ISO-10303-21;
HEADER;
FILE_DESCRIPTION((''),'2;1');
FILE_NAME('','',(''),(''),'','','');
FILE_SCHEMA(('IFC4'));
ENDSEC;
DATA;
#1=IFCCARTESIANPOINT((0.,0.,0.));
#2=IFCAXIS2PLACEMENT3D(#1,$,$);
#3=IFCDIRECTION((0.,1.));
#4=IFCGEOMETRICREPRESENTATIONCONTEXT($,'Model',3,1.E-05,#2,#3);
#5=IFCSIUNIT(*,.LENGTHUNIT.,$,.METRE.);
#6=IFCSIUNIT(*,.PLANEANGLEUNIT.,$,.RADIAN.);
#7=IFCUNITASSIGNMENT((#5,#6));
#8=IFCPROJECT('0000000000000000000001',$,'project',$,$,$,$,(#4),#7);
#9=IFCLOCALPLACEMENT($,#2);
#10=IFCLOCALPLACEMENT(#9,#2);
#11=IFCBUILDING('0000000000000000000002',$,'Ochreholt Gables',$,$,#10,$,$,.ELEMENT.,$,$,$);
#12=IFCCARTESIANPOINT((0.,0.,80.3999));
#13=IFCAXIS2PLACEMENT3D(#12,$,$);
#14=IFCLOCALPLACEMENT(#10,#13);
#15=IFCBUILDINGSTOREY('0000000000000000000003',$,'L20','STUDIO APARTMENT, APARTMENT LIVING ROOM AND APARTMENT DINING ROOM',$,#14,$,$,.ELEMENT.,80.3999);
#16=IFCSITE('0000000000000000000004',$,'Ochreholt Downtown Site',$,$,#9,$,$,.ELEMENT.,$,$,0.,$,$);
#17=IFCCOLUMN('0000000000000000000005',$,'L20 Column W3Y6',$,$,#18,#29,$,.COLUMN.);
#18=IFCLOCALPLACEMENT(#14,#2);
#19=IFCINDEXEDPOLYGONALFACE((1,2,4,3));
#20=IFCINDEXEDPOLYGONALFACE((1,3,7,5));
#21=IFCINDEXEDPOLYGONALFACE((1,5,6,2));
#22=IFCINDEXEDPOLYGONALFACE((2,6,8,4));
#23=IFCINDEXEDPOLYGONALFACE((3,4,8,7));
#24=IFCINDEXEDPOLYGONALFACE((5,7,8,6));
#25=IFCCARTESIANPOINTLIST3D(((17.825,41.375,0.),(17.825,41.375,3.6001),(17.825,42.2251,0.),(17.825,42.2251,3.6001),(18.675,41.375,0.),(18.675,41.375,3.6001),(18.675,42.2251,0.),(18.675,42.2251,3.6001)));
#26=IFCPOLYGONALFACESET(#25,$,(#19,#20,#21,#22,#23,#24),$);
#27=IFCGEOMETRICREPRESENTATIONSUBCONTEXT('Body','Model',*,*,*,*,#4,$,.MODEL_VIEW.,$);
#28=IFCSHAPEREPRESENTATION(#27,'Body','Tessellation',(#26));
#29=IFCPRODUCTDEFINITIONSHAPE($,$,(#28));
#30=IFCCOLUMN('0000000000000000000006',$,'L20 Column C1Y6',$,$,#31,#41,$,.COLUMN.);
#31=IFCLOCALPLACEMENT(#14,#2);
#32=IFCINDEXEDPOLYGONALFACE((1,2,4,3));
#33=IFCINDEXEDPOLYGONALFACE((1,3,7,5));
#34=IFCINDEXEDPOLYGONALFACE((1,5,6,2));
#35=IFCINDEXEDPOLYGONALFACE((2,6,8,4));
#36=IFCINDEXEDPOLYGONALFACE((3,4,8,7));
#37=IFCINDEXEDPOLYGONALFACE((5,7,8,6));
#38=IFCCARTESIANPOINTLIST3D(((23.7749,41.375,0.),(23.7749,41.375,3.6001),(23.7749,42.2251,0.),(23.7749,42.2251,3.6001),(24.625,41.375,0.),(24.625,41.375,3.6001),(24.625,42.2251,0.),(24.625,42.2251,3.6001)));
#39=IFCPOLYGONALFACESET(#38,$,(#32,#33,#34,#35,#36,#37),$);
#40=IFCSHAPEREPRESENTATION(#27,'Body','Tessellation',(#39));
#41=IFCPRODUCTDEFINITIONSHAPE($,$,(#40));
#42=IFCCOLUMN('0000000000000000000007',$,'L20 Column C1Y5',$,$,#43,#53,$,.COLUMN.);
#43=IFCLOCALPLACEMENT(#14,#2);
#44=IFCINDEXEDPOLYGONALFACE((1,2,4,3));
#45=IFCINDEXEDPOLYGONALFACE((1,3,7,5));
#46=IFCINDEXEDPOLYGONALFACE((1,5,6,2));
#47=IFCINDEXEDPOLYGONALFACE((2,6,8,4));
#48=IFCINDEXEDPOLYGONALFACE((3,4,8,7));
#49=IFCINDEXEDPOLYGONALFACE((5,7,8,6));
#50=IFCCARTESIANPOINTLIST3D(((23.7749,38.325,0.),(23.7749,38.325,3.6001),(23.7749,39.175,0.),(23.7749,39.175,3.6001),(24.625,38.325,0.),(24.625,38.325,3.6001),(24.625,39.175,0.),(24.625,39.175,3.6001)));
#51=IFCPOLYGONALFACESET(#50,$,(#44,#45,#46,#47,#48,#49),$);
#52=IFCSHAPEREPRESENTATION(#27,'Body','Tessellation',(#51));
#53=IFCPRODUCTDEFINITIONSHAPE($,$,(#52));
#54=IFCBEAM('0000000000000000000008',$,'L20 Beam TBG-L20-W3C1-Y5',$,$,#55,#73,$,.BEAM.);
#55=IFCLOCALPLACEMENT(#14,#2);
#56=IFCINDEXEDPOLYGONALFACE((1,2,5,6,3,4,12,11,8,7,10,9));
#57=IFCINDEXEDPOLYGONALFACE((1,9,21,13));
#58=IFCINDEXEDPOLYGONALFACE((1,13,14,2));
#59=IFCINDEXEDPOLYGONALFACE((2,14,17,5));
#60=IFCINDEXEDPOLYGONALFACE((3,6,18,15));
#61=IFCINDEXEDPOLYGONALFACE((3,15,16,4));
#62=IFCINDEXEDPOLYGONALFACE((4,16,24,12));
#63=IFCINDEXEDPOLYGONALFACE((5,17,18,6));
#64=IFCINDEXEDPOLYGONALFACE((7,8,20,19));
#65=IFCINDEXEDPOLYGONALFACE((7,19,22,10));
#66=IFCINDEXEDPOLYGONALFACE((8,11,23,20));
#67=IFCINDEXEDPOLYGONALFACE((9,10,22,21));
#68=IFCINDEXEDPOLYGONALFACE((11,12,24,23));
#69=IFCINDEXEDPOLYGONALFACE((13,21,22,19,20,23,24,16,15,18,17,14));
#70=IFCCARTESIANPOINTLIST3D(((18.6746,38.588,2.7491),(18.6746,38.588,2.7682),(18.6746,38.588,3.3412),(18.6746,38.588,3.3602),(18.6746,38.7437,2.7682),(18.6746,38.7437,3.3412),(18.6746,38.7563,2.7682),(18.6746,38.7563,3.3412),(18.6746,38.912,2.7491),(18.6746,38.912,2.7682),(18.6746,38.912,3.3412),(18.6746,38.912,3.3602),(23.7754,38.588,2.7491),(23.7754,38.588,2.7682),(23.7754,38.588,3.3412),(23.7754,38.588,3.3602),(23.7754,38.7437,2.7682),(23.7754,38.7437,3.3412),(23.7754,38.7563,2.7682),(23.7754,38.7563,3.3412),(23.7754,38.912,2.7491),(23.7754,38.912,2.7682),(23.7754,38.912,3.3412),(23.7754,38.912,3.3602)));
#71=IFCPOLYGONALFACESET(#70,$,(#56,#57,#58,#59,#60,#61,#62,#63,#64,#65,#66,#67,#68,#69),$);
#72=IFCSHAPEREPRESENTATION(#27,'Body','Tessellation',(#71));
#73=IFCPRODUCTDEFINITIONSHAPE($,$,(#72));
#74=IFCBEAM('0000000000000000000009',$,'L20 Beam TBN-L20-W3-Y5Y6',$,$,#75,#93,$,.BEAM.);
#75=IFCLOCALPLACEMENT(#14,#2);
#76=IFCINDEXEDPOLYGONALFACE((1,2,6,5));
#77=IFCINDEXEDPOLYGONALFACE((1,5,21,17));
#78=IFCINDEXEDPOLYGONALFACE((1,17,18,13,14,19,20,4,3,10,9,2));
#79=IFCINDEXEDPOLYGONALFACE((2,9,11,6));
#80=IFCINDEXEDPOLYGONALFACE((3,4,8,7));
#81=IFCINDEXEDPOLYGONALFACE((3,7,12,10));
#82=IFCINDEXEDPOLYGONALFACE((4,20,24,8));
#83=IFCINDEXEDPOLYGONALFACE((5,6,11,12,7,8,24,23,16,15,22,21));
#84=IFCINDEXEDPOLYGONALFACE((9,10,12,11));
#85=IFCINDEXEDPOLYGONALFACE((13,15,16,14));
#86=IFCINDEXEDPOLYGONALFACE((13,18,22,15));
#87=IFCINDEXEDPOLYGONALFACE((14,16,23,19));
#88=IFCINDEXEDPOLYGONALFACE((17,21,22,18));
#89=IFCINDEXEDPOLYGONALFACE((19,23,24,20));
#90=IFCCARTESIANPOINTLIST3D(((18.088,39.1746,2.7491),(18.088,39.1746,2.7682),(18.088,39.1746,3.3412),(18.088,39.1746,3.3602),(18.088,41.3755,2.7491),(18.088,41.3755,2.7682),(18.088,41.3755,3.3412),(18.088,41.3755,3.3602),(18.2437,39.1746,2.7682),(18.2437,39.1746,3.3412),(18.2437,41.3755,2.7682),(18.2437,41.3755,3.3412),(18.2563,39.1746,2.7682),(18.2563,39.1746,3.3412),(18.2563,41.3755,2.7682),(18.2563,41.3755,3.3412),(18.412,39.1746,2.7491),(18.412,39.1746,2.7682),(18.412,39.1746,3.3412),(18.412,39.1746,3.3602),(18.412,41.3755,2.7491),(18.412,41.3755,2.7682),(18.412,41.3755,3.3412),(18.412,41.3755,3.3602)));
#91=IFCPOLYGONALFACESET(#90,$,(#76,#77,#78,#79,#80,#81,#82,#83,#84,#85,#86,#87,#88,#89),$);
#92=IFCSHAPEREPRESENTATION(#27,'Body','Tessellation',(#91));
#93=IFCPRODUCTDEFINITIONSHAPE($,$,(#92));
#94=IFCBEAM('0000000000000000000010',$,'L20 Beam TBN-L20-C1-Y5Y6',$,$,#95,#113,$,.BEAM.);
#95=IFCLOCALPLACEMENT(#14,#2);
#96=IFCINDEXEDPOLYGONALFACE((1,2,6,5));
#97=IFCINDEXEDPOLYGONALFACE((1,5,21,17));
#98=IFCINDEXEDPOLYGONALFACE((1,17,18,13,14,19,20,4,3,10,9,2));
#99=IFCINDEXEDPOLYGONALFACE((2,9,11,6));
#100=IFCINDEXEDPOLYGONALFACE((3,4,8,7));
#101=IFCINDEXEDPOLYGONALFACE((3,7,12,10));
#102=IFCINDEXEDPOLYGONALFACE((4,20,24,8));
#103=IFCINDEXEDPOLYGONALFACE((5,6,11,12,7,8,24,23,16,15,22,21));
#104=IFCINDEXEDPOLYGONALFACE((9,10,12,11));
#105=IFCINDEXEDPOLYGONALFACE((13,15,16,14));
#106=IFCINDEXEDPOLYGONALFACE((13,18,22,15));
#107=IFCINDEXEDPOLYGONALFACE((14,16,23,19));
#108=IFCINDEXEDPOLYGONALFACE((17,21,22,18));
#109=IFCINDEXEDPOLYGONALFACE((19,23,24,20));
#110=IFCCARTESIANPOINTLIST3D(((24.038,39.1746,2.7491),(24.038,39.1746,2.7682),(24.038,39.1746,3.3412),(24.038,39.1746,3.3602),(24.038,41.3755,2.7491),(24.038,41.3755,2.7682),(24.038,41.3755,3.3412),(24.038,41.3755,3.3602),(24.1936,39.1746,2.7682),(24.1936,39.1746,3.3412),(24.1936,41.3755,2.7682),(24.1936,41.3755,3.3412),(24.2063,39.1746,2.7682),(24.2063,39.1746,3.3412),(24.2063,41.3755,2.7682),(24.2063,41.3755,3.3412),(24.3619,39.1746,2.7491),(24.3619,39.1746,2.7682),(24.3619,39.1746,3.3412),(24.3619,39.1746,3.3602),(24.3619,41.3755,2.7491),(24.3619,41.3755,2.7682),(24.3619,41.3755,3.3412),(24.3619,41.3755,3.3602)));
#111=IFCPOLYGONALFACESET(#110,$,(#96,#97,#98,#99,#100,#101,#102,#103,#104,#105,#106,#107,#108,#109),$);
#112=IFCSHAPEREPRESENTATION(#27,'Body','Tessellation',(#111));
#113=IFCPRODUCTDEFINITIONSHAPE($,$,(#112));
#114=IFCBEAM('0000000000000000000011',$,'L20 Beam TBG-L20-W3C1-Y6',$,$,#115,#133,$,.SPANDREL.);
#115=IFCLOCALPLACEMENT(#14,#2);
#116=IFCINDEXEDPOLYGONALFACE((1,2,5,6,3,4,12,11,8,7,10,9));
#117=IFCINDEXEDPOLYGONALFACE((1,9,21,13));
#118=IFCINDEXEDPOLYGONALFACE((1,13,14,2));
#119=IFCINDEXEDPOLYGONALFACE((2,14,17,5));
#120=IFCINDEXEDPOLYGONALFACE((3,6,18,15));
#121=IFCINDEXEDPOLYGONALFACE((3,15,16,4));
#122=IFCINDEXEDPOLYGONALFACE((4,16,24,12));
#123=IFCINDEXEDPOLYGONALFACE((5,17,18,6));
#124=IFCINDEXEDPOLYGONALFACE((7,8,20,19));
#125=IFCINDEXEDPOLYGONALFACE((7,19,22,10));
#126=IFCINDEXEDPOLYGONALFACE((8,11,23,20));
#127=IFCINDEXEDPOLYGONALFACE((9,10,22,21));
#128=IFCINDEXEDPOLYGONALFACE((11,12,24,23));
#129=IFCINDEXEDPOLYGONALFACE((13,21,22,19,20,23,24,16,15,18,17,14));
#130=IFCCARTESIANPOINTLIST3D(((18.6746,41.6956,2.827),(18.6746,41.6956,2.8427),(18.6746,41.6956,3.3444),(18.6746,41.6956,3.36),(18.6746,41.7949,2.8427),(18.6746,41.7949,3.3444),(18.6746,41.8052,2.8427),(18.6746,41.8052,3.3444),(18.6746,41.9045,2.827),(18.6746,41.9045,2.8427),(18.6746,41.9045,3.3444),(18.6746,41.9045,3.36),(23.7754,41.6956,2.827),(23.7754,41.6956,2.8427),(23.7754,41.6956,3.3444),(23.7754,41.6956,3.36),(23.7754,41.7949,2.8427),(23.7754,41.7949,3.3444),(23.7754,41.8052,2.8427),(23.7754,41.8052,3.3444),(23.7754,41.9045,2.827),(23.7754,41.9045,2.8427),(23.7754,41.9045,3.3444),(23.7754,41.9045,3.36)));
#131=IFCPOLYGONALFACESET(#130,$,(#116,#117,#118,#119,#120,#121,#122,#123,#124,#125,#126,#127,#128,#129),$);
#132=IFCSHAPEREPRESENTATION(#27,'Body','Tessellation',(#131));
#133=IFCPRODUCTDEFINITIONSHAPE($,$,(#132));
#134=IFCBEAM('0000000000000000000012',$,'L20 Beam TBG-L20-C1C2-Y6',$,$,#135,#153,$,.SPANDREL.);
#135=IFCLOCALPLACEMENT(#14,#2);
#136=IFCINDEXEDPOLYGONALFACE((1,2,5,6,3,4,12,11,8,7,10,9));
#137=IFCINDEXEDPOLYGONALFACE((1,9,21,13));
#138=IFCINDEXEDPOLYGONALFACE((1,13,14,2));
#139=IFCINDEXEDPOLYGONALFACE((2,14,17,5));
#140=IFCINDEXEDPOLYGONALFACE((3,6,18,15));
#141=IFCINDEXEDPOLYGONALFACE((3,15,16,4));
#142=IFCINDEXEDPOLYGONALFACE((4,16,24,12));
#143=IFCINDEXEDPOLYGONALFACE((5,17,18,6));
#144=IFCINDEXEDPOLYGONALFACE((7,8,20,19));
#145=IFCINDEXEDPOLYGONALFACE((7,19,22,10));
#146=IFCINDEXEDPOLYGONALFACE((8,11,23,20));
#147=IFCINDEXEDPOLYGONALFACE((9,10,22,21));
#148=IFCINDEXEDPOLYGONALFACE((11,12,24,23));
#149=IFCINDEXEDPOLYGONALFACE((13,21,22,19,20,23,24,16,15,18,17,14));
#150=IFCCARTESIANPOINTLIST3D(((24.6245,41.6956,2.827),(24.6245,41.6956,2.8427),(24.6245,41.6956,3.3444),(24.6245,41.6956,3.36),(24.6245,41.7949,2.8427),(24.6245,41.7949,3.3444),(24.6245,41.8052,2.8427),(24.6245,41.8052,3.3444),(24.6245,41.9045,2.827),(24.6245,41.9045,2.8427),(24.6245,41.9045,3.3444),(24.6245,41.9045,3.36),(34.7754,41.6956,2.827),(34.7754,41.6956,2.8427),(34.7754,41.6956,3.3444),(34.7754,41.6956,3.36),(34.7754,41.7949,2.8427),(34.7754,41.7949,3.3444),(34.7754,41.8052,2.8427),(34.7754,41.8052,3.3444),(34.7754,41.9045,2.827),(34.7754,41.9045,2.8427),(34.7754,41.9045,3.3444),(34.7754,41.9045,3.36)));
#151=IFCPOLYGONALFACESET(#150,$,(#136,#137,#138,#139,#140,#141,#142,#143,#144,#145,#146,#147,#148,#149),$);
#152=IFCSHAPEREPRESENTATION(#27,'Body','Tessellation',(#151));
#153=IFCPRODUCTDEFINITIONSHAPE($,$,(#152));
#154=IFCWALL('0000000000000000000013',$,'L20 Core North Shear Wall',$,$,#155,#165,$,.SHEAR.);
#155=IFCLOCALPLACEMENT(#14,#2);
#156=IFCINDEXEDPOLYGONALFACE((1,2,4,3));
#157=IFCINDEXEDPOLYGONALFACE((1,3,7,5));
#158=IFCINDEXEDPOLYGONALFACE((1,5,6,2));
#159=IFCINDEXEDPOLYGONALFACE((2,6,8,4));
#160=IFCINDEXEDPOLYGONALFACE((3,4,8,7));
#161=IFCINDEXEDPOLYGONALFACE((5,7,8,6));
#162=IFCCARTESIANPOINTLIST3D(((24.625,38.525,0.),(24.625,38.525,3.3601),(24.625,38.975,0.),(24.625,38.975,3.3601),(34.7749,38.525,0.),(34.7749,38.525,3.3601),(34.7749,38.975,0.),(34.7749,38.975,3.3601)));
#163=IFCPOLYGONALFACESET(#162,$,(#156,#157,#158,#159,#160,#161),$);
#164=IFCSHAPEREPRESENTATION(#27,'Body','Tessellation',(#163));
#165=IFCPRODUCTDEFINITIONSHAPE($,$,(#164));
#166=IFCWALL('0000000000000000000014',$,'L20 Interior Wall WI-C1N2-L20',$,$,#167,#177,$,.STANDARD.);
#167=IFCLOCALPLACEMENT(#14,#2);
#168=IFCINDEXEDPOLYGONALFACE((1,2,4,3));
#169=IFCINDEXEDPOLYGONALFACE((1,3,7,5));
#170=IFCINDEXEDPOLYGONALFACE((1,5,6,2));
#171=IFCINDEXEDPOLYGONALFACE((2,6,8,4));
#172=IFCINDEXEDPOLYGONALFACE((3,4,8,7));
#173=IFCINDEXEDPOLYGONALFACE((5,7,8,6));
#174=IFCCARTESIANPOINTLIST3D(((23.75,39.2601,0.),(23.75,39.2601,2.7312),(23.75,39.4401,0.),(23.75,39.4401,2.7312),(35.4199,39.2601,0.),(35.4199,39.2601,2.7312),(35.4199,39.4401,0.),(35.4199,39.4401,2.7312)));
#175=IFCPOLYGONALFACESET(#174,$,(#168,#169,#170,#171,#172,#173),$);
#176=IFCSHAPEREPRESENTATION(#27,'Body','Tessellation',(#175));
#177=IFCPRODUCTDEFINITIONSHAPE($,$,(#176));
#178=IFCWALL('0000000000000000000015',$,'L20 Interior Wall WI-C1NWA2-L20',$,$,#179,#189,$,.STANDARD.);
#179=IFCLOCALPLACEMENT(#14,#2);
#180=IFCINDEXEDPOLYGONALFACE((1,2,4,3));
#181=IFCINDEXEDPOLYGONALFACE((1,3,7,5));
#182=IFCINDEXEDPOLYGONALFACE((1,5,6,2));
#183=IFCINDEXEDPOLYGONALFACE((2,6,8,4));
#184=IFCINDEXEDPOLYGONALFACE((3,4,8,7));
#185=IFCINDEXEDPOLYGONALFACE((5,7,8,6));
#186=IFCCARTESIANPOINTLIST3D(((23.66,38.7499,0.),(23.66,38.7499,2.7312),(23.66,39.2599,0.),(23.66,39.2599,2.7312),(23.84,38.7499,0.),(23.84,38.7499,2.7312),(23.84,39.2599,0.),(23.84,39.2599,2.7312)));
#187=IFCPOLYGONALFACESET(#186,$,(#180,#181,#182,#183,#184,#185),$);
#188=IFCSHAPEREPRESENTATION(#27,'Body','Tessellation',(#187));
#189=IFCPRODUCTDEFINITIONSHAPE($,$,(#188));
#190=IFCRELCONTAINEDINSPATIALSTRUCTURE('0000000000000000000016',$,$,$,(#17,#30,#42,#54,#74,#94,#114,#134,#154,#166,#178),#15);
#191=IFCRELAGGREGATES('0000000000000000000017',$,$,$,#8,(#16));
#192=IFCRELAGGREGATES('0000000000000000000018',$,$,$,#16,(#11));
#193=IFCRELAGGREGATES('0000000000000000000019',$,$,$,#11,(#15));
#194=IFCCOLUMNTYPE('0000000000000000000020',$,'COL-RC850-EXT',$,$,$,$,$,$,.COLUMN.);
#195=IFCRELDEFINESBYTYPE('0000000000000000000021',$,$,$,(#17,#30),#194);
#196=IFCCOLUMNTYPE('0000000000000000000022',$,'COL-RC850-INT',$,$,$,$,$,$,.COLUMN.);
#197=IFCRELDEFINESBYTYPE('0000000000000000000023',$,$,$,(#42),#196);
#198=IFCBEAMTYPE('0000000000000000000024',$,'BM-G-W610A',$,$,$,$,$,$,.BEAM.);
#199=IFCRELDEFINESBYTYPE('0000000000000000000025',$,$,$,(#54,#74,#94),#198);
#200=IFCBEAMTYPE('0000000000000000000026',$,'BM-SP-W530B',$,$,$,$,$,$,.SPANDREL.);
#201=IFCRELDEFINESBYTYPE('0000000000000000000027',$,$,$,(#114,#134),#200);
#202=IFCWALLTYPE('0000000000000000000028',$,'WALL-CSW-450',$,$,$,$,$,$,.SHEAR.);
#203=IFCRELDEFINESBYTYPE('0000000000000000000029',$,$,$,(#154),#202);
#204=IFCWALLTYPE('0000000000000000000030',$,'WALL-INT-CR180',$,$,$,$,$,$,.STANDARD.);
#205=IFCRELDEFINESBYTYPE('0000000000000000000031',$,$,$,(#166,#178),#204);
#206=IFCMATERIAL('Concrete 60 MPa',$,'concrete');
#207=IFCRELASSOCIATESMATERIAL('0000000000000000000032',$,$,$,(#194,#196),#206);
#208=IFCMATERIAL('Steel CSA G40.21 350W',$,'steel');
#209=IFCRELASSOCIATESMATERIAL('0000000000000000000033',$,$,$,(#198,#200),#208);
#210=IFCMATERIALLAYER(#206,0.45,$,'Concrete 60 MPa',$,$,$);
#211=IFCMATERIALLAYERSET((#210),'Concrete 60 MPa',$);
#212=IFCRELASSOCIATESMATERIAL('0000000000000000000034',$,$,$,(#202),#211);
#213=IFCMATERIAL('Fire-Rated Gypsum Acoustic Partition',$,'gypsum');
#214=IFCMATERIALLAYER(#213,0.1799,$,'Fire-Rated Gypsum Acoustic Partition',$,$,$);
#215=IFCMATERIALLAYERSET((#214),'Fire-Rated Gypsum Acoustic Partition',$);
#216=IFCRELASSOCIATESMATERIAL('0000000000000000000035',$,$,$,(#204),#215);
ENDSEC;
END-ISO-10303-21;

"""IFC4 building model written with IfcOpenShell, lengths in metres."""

from ifc_helpers import new_model, si_unit, direction, frame, frame_2d, origin, origin_2d, place, context, subcontext, project, spatial, rectangle, i_section, extrude, material, layer, layer_set, material_profile, profile_set, type_object, element, save


model = new_model("IFC4")

# Units and contexts
model_context = context("Model", 3, precision=1e-05, world=origin(), true_north=direction((0.0, 1.0)))
body_context = subcontext(model_context, "Body", "Model", "MODEL_VIEW")
ifc_project = project(units=[si_unit("LENGTHUNIT", "METRE"), si_unit("PLANEANGLEUNIT", "RADIAN")], contexts=[model_context])

# Site, building, storey
site_placement = place(None, origin())
site = spatial("IfcSite", under=ifc_project, at=site_placement, Name="Ochreholt Downtown Site", CompositionType="ELEMENT", RefElevation=0.0)
building_placement = place(site_placement, origin())
building = spatial("IfcBuilding", under=site, at=building_placement, Name="Ochreholt Gables", CompositionType="ELEMENT")
storey_placement = place(building_placement, frame((0.0, 0.0, 80.3999)))
storey = spatial("IfcBuildingStorey", under=building, at=storey_placement, Name="L20", Description="STUDIO APARTMENT, APARTMENT LIVING ROOM AND APARTMENT DINING ROOM", CompositionType="ELEMENT", Elevation=80.3999)

# Columns
ifc_material_1 = material(Name="Concrete 60 MPa", Category="concrete")
ifc_material_profile_1 = material_profile(ifc_material_1, rectangle(XDim=0.8501, YDim=0.8501, at=origin_2d()), Name="RC850X850")
ifc_profile_set_1 = profile_set([ifc_material_profile_1], Name="Concrete 60 MPa")
column_type_1 = type_object("IfcColumnType", Name="COL-RC850-EXT", PredefinedType="COLUMN", material=ifc_profile_set_1)
for number, where, z_axis, x_axis, name in (
    (1, (18.25, 41.8, 0.0), (0.0, 0.0, 1.0), (1.0, 0.0, 0.0), "L20 Column W3Y6"),
    (2, (24.2, 41.8, 0.0), (0.0, 0.0, 1.0), (1.0, 0.0, 0.0), "L20 Column C1Y6"),
):
    element("IfcColumn", number, at=place(storey_placement, frame(where, z_axis=z_axis, x_axis=x_axis)), inside=storey, type_object=column_type_1, Name=name, PredefinedType="COLUMN", context=body_context, shape_type="SweptSolid", body=[
        extrude(rectangle(XDim=0.8501, YDim=0.8501, at=origin_2d()), origin(), (0.0, 0.0, 1.0), 3.6001),
    ])
ifc_material_profile_2 = material_profile(ifc_material_1, rectangle(XDim=0.8501, YDim=0.8501, at=origin_2d()), Name="RC850X850")
ifc_profile_set_2 = profile_set([ifc_material_profile_2], Name="Concrete 60 MPa")
column_type_2 = type_object("IfcColumnType", Name="COL-RC850-INT", PredefinedType="COLUMN", material=ifc_profile_set_2)
column_placement = place(storey_placement, frame((24.2, 38.75, 0.0), z_axis=(0.0, 0.0, 1.0), x_axis=(1.0, 0.0, 0.0)))
element("IfcColumn", 3, at=column_placement, inside=storey, type_object=column_type_2, Name="L20 Column C1Y5", PredefinedType="COLUMN", context=body_context, shape_type="SweptSolid", body=[
    extrude(rectangle(XDim=0.8501, YDim=0.8501, at=origin_2d()), origin(), (0.0, 0.0, 1.0), 3.6001),
])

# Beams
ifc_material_2 = material(Name="Steel CSA G40.21 350W", Category="steel")
ifc_material_profile_3 = material_profile(ifc_material_2, i_section(OverallWidth=0.324, OverallDepth=0.6111, WebThickness=0.0127, FlangeThickness=0.019, at=origin_2d()), Name="W610X155")
ifc_profile_set_3 = profile_set([ifc_material_profile_3], Name="Steel CSA G40.21 350W")
beam_type_1 = type_object("IfcBeamType", Name="BM-G-W610A", PredefinedType="BEAM", material=ifc_profile_set_3)
beam_1_placement = place(storey_placement, frame((18.6746, 38.75, 3.0547), z_axis=(1.0, 0.0, 0.0), x_axis=(0.0, 1.0, 0.0)))
element("IfcBeam", 4, at=beam_1_placement, inside=storey, type_object=beam_type_1, Name="L20 Beam TBG-L20-W3C1-Y5", PredefinedType="BEAM", context=body_context, shape_type="SweptSolid", body=[
    extrude(i_section(OverallWidth=0.324, OverallDepth=0.6111, WebThickness=0.0127, FlangeThickness=0.019, at=origin_2d()), origin(), (0.0, 0.0, 1.0), 5.1008),
])
for number, where, z_axis, x_axis, name in (
    (5, (18.25, 39.1746, 3.0547), (0.0, 1.0, 0.0), (-1.0, 0.0, 0.0), "L20 Beam TBN-L20-W3-Y5Y6"),
    (6, (24.2, 39.1746, 3.0547), (0.0, 1.0, 0.0), (-1.0, 0.0, 0.0), "L20 Beam TBN-L20-C1-Y5Y6"),
):
    element("IfcBeam", number, at=place(storey_placement, frame(where, z_axis=z_axis, x_axis=x_axis)), inside=storey, type_object=beam_type_1, Name=name, PredefinedType="BEAM", context=body_context, shape_type="SweptSolid", body=[
        extrude(i_section(OverallWidth=0.324, OverallDepth=0.6111, WebThickness=0.0127, FlangeThickness=0.019, at=origin_2d()), origin(), (0.0, 0.0, 1.0), 2.2009),
    ])
ifc_material_profile_4 = material_profile(ifc_material_2, i_section(OverallWidth=0.209, OverallDepth=0.533, WebThickness=0.0103, FlangeThickness=0.0156, at=origin_2d()), Name="W530X92")
ifc_profile_set_4 = profile_set([ifc_material_profile_4], Name="Steel CSA G40.21 350W")
beam_type_2 = type_object("IfcBeamType", Name="BM-SP-W530B", PredefinedType="SPANDREL", material=ifc_profile_set_4)
beam_2_placement = place(storey_placement, frame((18.6746, 41.8, 3.0935), z_axis=(1.0, 0.0, 0.0), x_axis=(0.0, 1.0, 0.0)))
element("IfcBeam", 7, at=beam_2_placement, inside=storey, type_object=beam_type_2, Name="L20 Beam TBG-L20-W3C1-Y6", PredefinedType="SPANDREL", context=body_context, shape_type="SweptSolid", body=[
    extrude(i_section(OverallWidth=0.209, OverallDepth=0.533, WebThickness=0.0103, FlangeThickness=0.0156, at=origin_2d()), origin(), (0.0, 0.0, 1.0), 5.1008),
])
beam_3_placement = place(storey_placement, frame((24.6245, 41.8, 3.0935), z_axis=(1.0, 0.0, 0.0), x_axis=(0.0, 1.0, 0.0)))
element("IfcBeam", 8, at=beam_3_placement, inside=storey, type_object=beam_type_2, Name="L20 Beam TBG-L20-C1C2-Y6", PredefinedType="SPANDREL", context=body_context, shape_type="SweptSolid", body=[
    extrude(i_section(OverallWidth=0.209, OverallDepth=0.533, WebThickness=0.0103, FlangeThickness=0.0156, at=origin_2d()), origin(), (0.0, 0.0, 1.0), 10.1509),
])

# Wall
ifc_layer_1 = layer(ifc_material_1, 0.45, Name="Concrete 60 MPa")
ifc_layer_set_1 = layer_set([ifc_layer_1], Name="Concrete 60 MPa")
wall_type_1 = type_object("IfcWallType", Name="WALL-CSW-450", PredefinedType="SHEAR", material=ifc_layer_set_1)
wall_1_placement = place(storey_placement, frame((24.625, 38.75, 0.0), z_axis=(0.0, 0.0, 1.0), x_axis=(1.0, 0.0, 0.0)))
element("IfcWall", 9, at=wall_1_placement, inside=storey, type_object=wall_type_1, Name="L20 Core North Shear Wall", PredefinedType="SHEAR", context=body_context, shape_type="SweptSolid", body=[
    extrude(rectangle(XDim=10.1499, YDim=0.45, at=frame_2d((5.075, 0.0))), origin(), (0.0, 0.0, 1.0), 3.3601),
])

# Shared definitions
ifc_material_3 = material(Name="Fire-Rated Gypsum Acoustic Partition", Category="gypsum")
ifc_layer_2 = layer(ifc_material_3, 0.1799, Name="Fire-Rated Gypsum Acoustic Partition")
ifc_layer_set_2 = layer_set([ifc_layer_2], Name="Fire-Rated Gypsum Acoustic Partition")
wall_type_2 = type_object("IfcWallType", Name="WALL-INT-CR180", PredefinedType="STANDARD", material=ifc_layer_set_2)

# Walls
wall_2_placement = place(storey_placement, frame((23.75, 39.3501, 0.0), z_axis=(0.0, 0.0, 1.0), x_axis=(1.0, 0.0, 0.0)))
element("IfcWall", 10, at=wall_2_placement, inside=storey, type_object=wall_type_2, Name="L20 Interior Wall WI-C1N2-L20", PredefinedType="STANDARD", context=body_context, shape_type="SweptSolid", body=[
    extrude(rectangle(XDim=11.6699, YDim=0.1799, at=frame_2d((5.835, 0.0))), origin(), (0.0, 0.0, 1.0), 2.7312),
])
wall_3_placement = place(storey_placement, frame((23.75, 38.75, 0.0), z_axis=(0.0, 0.0, 1.0), x_axis=(0.0, 1.0, 0.0)))
element("IfcWall", 11, at=wall_3_placement, inside=storey, type_object=wall_type_2, Name="L20 Interior Wall WI-C1NWA2-L20", PredefinedType="STANDARD", context=body_context, shape_type="SweptSolid", body=[
    extrude(rectangle(XDim=0.51, YDim=0.1799, at=frame_2d((0.2549, 0.0))), origin(), (0.0, 0.0, 1.0), 2.7312),
])

save(model, "model.ifc")
